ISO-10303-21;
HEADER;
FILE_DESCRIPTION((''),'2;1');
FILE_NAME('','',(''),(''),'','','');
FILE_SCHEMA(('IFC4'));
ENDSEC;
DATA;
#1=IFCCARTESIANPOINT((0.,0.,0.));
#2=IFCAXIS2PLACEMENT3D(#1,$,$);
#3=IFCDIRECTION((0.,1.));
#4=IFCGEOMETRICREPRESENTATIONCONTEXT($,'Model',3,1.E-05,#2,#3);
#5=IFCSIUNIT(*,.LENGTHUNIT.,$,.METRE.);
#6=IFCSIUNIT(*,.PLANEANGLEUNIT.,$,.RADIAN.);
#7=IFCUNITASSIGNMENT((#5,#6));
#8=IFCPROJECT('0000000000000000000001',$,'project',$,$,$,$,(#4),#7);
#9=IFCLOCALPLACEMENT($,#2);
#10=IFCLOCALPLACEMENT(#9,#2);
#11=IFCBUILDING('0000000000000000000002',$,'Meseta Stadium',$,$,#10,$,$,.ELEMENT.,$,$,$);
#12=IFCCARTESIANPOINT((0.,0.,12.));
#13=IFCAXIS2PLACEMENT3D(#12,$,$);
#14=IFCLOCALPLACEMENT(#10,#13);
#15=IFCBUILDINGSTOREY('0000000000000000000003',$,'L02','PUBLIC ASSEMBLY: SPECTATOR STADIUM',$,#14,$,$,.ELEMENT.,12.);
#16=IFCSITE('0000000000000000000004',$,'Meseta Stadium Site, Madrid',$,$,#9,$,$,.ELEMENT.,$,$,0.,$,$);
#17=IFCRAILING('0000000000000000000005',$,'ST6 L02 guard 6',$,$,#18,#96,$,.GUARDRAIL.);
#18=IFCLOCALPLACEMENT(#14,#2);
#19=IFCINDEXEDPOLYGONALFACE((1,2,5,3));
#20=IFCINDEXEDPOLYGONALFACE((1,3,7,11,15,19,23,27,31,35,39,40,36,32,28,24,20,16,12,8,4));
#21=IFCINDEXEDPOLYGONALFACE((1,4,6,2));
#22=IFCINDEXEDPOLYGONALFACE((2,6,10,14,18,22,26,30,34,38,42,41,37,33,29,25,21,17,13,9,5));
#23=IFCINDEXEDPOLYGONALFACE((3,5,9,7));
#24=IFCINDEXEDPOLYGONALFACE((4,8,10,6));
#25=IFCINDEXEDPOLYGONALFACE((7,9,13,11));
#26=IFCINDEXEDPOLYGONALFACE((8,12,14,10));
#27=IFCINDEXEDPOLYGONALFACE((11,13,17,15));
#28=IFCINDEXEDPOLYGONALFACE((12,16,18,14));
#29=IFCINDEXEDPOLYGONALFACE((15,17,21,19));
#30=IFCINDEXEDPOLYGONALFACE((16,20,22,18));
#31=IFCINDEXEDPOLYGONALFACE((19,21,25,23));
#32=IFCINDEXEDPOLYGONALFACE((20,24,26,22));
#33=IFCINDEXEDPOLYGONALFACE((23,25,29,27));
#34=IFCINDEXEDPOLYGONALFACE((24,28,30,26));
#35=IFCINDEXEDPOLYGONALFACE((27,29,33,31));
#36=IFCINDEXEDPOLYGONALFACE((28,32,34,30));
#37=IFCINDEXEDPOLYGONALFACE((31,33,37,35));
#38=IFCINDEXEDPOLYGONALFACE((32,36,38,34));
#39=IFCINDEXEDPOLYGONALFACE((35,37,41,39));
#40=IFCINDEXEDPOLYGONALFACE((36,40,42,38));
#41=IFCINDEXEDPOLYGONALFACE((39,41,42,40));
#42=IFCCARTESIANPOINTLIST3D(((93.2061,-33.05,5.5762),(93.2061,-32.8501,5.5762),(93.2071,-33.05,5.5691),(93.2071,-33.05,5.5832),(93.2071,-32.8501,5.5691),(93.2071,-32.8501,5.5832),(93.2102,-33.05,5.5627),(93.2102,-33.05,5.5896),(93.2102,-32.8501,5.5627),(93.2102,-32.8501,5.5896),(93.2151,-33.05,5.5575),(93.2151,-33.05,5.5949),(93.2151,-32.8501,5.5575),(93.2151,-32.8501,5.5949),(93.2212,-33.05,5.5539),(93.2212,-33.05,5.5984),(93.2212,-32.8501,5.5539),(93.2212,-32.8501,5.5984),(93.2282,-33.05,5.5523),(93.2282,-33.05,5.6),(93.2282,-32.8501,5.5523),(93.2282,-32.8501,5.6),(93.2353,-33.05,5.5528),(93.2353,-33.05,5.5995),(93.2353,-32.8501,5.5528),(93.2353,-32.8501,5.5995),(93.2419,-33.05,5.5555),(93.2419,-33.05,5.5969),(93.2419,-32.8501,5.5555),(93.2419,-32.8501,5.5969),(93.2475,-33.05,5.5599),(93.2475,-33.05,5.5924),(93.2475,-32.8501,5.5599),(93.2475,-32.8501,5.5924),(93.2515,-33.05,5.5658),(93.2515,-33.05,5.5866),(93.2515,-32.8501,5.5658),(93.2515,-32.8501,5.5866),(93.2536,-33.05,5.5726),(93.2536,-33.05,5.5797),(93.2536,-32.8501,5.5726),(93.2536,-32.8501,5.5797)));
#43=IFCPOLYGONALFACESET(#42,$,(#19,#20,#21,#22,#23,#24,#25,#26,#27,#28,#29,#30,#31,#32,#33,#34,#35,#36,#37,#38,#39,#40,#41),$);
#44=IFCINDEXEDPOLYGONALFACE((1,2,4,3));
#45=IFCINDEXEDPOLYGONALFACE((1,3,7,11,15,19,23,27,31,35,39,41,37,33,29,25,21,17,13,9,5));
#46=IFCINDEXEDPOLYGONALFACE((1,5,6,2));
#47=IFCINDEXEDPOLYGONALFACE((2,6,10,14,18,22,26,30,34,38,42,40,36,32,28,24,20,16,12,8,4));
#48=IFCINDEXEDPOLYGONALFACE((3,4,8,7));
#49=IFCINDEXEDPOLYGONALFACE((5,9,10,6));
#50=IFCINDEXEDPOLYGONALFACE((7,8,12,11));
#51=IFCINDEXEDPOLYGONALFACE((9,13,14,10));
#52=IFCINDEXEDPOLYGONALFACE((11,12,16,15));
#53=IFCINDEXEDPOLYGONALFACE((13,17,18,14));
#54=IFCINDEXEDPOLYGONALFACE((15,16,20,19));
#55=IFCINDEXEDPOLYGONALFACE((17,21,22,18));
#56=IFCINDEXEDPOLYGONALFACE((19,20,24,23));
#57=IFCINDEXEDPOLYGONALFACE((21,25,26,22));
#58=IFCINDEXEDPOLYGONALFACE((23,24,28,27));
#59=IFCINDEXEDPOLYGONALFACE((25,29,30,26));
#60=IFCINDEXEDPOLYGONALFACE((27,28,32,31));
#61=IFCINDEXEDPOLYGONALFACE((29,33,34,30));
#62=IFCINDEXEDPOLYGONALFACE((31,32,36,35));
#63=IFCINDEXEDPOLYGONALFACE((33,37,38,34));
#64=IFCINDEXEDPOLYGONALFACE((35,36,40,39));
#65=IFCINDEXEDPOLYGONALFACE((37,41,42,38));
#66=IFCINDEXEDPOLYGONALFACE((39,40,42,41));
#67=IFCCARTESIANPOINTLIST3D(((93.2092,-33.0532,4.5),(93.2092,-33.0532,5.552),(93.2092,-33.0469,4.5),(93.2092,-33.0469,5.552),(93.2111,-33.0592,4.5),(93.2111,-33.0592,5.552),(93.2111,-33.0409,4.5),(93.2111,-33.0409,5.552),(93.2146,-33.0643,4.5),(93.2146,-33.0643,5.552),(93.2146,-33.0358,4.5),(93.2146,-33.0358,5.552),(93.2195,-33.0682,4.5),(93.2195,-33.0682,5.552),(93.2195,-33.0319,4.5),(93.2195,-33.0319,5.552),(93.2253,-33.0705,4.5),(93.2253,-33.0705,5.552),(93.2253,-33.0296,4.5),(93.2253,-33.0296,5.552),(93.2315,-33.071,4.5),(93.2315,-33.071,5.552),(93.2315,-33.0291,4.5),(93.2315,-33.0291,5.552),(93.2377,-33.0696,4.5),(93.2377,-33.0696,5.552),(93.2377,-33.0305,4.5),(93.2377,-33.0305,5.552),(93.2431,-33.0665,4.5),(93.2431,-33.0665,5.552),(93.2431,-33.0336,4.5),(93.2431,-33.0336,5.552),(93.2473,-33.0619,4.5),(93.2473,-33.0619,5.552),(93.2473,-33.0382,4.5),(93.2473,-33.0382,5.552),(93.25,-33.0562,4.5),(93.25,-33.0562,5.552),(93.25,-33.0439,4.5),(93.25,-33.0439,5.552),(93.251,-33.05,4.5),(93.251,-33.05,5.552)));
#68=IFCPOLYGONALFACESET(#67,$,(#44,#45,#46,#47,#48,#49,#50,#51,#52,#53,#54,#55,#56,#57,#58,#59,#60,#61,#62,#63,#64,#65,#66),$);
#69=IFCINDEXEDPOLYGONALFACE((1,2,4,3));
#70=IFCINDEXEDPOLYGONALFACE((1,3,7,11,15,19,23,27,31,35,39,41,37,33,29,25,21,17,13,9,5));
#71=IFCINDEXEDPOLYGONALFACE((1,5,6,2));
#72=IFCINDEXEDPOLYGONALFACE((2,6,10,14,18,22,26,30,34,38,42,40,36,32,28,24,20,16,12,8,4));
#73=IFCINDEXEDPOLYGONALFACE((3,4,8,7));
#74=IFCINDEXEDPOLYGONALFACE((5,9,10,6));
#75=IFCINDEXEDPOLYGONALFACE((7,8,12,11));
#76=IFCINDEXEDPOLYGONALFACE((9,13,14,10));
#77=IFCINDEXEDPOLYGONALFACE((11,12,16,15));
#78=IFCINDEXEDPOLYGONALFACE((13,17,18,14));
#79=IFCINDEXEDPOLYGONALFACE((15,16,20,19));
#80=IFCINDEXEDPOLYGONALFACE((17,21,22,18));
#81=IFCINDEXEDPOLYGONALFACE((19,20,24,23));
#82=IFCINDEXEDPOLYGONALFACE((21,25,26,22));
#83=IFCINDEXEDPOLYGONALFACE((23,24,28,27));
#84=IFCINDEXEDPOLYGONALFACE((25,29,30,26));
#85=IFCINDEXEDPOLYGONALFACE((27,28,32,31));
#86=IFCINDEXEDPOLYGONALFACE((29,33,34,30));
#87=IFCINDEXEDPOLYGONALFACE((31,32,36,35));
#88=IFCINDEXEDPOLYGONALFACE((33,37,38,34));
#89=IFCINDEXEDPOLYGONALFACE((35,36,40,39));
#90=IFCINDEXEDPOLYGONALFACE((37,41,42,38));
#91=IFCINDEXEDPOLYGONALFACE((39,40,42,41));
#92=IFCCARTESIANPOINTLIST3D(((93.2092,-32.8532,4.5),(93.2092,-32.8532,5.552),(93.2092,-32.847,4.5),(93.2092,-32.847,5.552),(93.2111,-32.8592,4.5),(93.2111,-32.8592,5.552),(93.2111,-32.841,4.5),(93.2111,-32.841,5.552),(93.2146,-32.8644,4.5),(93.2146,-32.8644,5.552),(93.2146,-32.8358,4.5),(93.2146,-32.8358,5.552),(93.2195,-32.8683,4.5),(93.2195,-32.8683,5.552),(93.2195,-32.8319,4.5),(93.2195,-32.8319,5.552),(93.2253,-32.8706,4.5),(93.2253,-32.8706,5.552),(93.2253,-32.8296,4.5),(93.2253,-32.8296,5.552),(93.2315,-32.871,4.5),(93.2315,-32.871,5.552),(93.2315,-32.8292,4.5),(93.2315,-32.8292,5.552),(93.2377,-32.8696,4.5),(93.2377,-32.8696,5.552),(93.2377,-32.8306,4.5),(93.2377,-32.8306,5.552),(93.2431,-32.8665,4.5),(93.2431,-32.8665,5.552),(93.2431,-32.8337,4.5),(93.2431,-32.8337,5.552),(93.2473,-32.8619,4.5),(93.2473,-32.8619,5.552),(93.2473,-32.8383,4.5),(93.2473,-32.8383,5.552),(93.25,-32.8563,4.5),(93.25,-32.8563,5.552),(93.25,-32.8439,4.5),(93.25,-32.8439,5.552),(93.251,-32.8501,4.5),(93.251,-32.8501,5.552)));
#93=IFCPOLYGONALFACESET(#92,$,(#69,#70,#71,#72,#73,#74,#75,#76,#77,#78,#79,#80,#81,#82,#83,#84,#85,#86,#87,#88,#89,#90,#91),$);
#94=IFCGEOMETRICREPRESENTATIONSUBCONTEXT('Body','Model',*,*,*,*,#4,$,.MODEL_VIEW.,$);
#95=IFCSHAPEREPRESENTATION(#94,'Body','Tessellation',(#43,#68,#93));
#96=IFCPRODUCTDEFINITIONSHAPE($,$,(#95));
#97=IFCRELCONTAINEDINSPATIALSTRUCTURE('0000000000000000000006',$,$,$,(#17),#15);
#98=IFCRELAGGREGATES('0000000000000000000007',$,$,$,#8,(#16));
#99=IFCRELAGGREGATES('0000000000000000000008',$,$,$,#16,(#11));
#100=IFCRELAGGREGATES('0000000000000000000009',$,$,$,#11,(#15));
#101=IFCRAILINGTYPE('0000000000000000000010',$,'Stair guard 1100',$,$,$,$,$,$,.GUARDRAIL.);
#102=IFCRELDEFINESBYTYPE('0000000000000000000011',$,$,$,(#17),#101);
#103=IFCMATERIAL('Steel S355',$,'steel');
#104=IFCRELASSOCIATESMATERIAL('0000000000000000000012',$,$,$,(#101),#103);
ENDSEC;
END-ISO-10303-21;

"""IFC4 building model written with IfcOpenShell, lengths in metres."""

from ifc_helpers import new_model, si_unit, direction, frame, origin, origin_2d, place, context, subcontext, project, spatial, circle, extrude, material, type_object, element, save


model = new_model("IFC4")

# Units and contexts
model_context = context("Model", 3, precision=1e-05, world=origin(), true_north=direction((0.0, 1.0)))
body_context = subcontext(model_context, "Body", "Model", "MODEL_VIEW")
ifc_project = project(units=[si_unit("LENGTHUNIT", "METRE"), si_unit("PLANEANGLEUNIT", "RADIAN")], contexts=[model_context])

# Site, building, storey
site_placement = place(None, origin())
site = spatial("IfcSite", under=ifc_project, at=site_placement, Name="Meseta Stadium Site, Madrid", CompositionType="ELEMENT", RefElevation=0.0)
building_placement = place(site_placement, origin())
building = spatial("IfcBuilding", under=site, at=building_placement, Name="Meseta Stadium", CompositionType="ELEMENT")
storey_placement = place(building_placement, frame((0.0, 0.0, 12.0)))
storey = spatial("IfcBuildingStorey", under=building, at=storey_placement, Name="L02", Description="PUBLIC ASSEMBLY: SPECTATOR STADIUM", CompositionType="ELEMENT", Elevation=12.0)

# Railing
ifc_material_1 = material(Name="Steel S355", Category="steel")
railing_type_1 = type_object("IfcRailingType", Name="Stair guard 1100", PredefinedType="GUARDRAIL", material=ifc_material_1)
railing_1_placement = place(storey_placement, frame((93.23, -33.05, 4.5)))
element("IfcRailing", 1, at=railing_1_placement, inside=storey, type_object=railing_type_1, Name="ST6 L02 guard 6", PredefinedType="GUARDRAIL", context=body_context, shape_type="SweptSolid", body=[
    extrude(circle(Radius=0.0239, at=origin_2d()), frame((0.0, 0.0, 1.0762), z_axis=(0.0, 1.0, 0.0), x_axis=(-1.0, 0.0, 0.0)), (0.0, 0.0, 1.0), 0.2),
    extrude(circle(Radius=0.021, at=origin_2d()), origin(), (0.0, 0.0, 1.0), 1.052),
    extrude(circle(Radius=0.021, at=origin_2d()), frame((0.0, 0.2, 0.0)), (0.0, 0.0, 1.0), 1.052),
])

save(model, "model.ifc")
